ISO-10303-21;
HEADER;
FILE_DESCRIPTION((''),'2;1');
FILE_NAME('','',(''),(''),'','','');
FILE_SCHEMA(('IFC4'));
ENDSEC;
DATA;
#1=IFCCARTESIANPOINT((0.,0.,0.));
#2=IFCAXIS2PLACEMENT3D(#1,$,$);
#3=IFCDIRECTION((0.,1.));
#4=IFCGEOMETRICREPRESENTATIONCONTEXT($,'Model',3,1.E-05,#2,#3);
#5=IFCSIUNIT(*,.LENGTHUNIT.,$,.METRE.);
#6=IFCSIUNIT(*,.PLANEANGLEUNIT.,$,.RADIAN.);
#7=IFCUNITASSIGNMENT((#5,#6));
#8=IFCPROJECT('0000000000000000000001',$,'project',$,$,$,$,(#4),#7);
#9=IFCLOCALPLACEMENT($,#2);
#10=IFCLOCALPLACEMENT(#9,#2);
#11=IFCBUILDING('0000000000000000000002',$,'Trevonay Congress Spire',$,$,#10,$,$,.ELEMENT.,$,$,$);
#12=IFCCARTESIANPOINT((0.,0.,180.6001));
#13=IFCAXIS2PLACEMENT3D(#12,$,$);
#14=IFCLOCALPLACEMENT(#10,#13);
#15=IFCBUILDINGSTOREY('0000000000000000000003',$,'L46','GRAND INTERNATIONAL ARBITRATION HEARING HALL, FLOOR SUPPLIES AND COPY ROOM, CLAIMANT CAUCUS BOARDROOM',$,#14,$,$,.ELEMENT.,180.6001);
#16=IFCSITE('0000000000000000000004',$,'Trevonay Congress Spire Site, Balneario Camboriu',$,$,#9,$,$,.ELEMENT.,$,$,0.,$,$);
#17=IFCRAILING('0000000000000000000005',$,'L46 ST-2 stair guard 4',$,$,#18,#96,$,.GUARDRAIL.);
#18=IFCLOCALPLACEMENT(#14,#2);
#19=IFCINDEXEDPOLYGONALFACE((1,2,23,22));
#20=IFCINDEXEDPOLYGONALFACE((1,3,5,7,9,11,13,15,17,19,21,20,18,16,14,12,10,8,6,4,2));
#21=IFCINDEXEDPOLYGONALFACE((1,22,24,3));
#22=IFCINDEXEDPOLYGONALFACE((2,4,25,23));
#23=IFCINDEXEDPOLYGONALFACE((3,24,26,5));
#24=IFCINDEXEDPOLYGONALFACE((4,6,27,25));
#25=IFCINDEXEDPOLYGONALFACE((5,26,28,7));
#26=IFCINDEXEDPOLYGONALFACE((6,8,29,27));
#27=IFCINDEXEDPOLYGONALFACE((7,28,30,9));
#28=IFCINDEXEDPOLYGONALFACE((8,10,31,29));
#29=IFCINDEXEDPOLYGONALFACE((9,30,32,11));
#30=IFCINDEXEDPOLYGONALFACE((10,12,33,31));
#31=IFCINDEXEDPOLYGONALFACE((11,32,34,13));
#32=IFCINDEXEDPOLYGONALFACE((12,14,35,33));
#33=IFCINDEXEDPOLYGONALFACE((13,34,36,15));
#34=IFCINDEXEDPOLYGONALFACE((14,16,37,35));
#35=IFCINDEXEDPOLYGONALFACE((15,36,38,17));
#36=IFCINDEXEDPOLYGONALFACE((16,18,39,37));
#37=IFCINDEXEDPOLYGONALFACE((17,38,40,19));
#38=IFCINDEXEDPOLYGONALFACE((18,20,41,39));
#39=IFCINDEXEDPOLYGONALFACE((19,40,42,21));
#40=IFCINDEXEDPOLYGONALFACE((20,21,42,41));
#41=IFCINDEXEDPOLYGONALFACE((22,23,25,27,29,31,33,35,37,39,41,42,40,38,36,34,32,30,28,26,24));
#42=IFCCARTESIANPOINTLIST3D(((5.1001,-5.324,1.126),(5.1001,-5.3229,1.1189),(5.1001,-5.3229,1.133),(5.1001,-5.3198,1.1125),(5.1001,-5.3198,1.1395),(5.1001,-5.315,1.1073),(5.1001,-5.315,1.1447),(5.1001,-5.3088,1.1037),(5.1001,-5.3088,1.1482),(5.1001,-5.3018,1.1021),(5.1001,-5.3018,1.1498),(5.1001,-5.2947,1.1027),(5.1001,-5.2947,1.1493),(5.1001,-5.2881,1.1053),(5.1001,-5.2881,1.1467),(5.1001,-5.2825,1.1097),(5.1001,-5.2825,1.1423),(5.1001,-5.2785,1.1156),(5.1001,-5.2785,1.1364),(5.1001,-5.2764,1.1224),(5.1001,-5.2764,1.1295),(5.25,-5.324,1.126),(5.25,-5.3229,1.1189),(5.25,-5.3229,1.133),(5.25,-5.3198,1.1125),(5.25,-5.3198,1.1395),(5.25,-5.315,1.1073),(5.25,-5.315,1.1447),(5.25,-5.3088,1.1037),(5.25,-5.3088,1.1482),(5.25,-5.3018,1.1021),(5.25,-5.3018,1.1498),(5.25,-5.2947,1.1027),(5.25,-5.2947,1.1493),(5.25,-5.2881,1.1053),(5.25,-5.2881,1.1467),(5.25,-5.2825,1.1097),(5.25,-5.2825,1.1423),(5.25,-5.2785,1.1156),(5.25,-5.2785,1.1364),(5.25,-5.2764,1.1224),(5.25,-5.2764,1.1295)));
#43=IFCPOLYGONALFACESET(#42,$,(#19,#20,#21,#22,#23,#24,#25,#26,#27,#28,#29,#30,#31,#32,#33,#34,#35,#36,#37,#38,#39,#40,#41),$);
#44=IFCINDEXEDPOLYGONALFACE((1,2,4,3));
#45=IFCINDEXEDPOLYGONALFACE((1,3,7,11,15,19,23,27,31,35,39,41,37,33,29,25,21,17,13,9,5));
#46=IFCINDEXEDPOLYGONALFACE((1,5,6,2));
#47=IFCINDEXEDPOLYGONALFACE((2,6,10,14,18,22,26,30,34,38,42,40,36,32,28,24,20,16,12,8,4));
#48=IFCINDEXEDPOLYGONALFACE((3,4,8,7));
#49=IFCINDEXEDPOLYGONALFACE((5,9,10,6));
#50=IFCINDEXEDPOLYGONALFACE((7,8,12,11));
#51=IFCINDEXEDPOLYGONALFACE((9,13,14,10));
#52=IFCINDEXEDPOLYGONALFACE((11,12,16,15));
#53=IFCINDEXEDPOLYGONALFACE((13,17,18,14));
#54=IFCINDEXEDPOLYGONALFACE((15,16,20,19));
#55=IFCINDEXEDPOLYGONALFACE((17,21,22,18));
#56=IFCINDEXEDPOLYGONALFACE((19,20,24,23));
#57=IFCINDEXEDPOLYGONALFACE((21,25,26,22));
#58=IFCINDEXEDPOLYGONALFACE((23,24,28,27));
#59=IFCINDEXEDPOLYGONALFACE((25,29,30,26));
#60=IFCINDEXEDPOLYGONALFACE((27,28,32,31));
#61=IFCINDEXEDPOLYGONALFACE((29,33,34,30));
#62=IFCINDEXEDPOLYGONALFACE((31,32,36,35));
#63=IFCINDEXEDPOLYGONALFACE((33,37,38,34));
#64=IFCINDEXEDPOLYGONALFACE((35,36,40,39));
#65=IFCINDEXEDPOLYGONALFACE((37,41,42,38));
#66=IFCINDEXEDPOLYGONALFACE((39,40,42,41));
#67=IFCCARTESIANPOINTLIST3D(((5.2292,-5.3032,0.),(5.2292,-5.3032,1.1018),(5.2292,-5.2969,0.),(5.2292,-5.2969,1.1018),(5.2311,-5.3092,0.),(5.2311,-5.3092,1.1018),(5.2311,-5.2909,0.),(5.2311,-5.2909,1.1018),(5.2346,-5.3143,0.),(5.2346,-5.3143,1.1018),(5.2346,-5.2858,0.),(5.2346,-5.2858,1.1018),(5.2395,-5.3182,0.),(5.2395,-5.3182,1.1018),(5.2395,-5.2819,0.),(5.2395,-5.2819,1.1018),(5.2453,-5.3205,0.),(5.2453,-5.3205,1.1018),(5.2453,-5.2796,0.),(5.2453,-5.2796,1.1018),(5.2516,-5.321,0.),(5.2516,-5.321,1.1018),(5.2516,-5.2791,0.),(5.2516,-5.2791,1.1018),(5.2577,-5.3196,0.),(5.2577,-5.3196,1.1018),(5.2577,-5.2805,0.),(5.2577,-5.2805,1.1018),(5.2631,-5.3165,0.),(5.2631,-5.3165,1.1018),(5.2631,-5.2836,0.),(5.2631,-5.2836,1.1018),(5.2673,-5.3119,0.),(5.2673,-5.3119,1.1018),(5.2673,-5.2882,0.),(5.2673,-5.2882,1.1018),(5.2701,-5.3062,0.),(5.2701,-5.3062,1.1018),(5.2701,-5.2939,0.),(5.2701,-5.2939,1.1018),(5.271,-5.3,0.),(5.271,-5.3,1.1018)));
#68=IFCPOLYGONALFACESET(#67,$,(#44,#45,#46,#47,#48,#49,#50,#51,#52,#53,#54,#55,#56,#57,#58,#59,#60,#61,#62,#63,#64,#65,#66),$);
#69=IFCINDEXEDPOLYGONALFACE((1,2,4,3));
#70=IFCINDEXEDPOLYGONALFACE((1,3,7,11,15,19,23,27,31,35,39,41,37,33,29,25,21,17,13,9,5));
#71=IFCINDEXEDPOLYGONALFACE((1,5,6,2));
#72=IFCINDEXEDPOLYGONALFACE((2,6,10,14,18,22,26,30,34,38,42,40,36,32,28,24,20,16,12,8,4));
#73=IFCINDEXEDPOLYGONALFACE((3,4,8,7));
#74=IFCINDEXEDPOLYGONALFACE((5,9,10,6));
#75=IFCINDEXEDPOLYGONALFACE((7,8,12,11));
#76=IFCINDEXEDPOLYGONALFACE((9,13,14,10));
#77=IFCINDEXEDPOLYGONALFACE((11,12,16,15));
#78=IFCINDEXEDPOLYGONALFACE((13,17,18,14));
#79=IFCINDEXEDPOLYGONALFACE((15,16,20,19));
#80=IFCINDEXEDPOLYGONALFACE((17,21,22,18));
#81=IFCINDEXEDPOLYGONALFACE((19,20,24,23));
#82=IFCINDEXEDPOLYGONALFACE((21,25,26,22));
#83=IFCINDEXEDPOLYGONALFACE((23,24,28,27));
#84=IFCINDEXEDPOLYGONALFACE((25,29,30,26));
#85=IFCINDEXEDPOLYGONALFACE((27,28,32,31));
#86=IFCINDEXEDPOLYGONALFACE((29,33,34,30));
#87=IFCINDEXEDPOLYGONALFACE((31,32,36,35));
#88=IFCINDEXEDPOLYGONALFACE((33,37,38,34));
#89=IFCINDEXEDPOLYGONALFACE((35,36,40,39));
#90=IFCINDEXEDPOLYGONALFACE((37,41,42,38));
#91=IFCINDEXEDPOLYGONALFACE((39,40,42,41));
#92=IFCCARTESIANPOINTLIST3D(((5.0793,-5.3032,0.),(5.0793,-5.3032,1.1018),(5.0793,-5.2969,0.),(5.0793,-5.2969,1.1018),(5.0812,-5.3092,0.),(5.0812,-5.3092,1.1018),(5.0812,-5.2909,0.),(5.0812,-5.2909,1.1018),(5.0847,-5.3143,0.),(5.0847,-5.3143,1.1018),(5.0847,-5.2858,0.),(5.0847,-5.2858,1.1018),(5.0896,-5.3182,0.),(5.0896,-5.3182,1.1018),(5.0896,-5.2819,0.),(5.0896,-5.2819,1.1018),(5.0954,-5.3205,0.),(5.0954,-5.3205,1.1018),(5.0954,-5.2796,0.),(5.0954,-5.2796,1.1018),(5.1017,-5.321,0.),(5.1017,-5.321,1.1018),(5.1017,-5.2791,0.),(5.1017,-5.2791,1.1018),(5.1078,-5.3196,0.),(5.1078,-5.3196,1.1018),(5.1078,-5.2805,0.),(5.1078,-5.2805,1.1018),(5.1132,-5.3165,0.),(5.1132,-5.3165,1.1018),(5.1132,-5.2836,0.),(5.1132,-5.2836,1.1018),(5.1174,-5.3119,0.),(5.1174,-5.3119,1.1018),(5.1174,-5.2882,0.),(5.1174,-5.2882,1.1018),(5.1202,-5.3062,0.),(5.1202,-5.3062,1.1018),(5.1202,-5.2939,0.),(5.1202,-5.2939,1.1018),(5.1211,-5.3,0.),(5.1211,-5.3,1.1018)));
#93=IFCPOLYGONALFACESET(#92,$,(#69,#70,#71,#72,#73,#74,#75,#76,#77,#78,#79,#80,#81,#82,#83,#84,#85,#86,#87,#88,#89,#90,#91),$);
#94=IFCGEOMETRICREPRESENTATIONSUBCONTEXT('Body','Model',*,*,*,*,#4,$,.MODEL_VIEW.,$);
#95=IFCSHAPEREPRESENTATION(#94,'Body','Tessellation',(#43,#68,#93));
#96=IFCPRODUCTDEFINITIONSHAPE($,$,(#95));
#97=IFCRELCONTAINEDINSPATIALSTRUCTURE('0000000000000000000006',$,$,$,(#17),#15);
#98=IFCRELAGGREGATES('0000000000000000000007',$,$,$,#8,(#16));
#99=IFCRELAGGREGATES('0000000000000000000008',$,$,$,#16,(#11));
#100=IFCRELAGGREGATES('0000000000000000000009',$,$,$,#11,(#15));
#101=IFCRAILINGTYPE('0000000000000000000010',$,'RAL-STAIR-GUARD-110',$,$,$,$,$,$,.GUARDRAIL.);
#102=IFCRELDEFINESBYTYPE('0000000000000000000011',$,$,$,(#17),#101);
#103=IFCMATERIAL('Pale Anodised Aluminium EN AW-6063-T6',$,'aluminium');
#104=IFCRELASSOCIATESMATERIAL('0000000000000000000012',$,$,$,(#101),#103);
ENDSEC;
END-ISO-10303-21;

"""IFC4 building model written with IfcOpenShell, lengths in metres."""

from ifc_helpers import new_model, si_unit, direction, frame, origin, origin_2d, place, context, subcontext, project, spatial, circle, extrude, material, type_object, element, save


model = new_model("IFC4")

# Units and contexts
model_context = context("Model", 3, precision=1e-05, world=origin(), true_north=direction((0.0, 1.0)))
body_context = subcontext(model_context, "Body", "Model", "MODEL_VIEW")
ifc_project = project(units=[si_unit("LENGTHUNIT", "METRE"), si_unit("PLANEANGLEUNIT", "RADIAN")], contexts=[model_context])

# Site, building, storey
site_placement = place(None, origin())
site = spatial("IfcSite", under=ifc_project, at=site_placement, Name="Trevonay Congress Spire Site, Balneario Camboriu", CompositionType="ELEMENT", RefElevation=0.0)
building_placement = place(site_placement, origin())
building = spatial("IfcBuilding", under=site, at=building_placement, Name="Trevonay Congress Spire", CompositionType="ELEMENT")
storey_placement = place(building_placement, frame((0.0, 0.0, 180.6001)))
storey = spatial("IfcBuildingStorey", under=building, at=storey_placement, Name="L46", Description="GRAND INTERNATIONAL ARBITRATION HEARING HALL, FLOOR SUPPLIES AND COPY ROOM, CLAIMANT CAUCUS BOARDROOM", CompositionType="ELEMENT", Elevation=180.6001)

# Shared definitions
ifc_material_1 = material(Name="Pale Anodised Aluminium EN AW-6063-T6", Category="aluminium")

# Railing
railing_type_1 = type_object("IfcRailingType", Name="RAL-STAIR-GUARD-110", PredefinedType="GUARDRAIL", material=ifc_material_1)
railing_1_placement = place(storey_placement, frame((5.25, -5.3, 0.0)))
element("IfcRailing", 1, at=railing_1_placement, inside=storey, type_object=railing_type_1, Name="L46 ST-2 stair guard 4", PredefinedType="GUARDRAIL", context=body_context, shape_type="SweptSolid", body=[
    extrude(circle(Radius=0.0239, at=origin_2d()), frame((0.0, 0.0, 1.126), z_axis=(-1.0, 0.0, 0.0), x_axis=(0.0, -1.0, 0.0)), (0.0, 0.0, 1.0), 0.1499),
    extrude(circle(Radius=0.021, at=origin_2d()), origin(), (0.0, 0.0, 1.0), 1.1018),
    extrude(circle(Radius=0.021, at=origin_2d()), frame((-0.1499, 0.0, 0.0)), (0.0, 0.0, 1.0), 1.1018),
])

save(model, "model.ifc")
